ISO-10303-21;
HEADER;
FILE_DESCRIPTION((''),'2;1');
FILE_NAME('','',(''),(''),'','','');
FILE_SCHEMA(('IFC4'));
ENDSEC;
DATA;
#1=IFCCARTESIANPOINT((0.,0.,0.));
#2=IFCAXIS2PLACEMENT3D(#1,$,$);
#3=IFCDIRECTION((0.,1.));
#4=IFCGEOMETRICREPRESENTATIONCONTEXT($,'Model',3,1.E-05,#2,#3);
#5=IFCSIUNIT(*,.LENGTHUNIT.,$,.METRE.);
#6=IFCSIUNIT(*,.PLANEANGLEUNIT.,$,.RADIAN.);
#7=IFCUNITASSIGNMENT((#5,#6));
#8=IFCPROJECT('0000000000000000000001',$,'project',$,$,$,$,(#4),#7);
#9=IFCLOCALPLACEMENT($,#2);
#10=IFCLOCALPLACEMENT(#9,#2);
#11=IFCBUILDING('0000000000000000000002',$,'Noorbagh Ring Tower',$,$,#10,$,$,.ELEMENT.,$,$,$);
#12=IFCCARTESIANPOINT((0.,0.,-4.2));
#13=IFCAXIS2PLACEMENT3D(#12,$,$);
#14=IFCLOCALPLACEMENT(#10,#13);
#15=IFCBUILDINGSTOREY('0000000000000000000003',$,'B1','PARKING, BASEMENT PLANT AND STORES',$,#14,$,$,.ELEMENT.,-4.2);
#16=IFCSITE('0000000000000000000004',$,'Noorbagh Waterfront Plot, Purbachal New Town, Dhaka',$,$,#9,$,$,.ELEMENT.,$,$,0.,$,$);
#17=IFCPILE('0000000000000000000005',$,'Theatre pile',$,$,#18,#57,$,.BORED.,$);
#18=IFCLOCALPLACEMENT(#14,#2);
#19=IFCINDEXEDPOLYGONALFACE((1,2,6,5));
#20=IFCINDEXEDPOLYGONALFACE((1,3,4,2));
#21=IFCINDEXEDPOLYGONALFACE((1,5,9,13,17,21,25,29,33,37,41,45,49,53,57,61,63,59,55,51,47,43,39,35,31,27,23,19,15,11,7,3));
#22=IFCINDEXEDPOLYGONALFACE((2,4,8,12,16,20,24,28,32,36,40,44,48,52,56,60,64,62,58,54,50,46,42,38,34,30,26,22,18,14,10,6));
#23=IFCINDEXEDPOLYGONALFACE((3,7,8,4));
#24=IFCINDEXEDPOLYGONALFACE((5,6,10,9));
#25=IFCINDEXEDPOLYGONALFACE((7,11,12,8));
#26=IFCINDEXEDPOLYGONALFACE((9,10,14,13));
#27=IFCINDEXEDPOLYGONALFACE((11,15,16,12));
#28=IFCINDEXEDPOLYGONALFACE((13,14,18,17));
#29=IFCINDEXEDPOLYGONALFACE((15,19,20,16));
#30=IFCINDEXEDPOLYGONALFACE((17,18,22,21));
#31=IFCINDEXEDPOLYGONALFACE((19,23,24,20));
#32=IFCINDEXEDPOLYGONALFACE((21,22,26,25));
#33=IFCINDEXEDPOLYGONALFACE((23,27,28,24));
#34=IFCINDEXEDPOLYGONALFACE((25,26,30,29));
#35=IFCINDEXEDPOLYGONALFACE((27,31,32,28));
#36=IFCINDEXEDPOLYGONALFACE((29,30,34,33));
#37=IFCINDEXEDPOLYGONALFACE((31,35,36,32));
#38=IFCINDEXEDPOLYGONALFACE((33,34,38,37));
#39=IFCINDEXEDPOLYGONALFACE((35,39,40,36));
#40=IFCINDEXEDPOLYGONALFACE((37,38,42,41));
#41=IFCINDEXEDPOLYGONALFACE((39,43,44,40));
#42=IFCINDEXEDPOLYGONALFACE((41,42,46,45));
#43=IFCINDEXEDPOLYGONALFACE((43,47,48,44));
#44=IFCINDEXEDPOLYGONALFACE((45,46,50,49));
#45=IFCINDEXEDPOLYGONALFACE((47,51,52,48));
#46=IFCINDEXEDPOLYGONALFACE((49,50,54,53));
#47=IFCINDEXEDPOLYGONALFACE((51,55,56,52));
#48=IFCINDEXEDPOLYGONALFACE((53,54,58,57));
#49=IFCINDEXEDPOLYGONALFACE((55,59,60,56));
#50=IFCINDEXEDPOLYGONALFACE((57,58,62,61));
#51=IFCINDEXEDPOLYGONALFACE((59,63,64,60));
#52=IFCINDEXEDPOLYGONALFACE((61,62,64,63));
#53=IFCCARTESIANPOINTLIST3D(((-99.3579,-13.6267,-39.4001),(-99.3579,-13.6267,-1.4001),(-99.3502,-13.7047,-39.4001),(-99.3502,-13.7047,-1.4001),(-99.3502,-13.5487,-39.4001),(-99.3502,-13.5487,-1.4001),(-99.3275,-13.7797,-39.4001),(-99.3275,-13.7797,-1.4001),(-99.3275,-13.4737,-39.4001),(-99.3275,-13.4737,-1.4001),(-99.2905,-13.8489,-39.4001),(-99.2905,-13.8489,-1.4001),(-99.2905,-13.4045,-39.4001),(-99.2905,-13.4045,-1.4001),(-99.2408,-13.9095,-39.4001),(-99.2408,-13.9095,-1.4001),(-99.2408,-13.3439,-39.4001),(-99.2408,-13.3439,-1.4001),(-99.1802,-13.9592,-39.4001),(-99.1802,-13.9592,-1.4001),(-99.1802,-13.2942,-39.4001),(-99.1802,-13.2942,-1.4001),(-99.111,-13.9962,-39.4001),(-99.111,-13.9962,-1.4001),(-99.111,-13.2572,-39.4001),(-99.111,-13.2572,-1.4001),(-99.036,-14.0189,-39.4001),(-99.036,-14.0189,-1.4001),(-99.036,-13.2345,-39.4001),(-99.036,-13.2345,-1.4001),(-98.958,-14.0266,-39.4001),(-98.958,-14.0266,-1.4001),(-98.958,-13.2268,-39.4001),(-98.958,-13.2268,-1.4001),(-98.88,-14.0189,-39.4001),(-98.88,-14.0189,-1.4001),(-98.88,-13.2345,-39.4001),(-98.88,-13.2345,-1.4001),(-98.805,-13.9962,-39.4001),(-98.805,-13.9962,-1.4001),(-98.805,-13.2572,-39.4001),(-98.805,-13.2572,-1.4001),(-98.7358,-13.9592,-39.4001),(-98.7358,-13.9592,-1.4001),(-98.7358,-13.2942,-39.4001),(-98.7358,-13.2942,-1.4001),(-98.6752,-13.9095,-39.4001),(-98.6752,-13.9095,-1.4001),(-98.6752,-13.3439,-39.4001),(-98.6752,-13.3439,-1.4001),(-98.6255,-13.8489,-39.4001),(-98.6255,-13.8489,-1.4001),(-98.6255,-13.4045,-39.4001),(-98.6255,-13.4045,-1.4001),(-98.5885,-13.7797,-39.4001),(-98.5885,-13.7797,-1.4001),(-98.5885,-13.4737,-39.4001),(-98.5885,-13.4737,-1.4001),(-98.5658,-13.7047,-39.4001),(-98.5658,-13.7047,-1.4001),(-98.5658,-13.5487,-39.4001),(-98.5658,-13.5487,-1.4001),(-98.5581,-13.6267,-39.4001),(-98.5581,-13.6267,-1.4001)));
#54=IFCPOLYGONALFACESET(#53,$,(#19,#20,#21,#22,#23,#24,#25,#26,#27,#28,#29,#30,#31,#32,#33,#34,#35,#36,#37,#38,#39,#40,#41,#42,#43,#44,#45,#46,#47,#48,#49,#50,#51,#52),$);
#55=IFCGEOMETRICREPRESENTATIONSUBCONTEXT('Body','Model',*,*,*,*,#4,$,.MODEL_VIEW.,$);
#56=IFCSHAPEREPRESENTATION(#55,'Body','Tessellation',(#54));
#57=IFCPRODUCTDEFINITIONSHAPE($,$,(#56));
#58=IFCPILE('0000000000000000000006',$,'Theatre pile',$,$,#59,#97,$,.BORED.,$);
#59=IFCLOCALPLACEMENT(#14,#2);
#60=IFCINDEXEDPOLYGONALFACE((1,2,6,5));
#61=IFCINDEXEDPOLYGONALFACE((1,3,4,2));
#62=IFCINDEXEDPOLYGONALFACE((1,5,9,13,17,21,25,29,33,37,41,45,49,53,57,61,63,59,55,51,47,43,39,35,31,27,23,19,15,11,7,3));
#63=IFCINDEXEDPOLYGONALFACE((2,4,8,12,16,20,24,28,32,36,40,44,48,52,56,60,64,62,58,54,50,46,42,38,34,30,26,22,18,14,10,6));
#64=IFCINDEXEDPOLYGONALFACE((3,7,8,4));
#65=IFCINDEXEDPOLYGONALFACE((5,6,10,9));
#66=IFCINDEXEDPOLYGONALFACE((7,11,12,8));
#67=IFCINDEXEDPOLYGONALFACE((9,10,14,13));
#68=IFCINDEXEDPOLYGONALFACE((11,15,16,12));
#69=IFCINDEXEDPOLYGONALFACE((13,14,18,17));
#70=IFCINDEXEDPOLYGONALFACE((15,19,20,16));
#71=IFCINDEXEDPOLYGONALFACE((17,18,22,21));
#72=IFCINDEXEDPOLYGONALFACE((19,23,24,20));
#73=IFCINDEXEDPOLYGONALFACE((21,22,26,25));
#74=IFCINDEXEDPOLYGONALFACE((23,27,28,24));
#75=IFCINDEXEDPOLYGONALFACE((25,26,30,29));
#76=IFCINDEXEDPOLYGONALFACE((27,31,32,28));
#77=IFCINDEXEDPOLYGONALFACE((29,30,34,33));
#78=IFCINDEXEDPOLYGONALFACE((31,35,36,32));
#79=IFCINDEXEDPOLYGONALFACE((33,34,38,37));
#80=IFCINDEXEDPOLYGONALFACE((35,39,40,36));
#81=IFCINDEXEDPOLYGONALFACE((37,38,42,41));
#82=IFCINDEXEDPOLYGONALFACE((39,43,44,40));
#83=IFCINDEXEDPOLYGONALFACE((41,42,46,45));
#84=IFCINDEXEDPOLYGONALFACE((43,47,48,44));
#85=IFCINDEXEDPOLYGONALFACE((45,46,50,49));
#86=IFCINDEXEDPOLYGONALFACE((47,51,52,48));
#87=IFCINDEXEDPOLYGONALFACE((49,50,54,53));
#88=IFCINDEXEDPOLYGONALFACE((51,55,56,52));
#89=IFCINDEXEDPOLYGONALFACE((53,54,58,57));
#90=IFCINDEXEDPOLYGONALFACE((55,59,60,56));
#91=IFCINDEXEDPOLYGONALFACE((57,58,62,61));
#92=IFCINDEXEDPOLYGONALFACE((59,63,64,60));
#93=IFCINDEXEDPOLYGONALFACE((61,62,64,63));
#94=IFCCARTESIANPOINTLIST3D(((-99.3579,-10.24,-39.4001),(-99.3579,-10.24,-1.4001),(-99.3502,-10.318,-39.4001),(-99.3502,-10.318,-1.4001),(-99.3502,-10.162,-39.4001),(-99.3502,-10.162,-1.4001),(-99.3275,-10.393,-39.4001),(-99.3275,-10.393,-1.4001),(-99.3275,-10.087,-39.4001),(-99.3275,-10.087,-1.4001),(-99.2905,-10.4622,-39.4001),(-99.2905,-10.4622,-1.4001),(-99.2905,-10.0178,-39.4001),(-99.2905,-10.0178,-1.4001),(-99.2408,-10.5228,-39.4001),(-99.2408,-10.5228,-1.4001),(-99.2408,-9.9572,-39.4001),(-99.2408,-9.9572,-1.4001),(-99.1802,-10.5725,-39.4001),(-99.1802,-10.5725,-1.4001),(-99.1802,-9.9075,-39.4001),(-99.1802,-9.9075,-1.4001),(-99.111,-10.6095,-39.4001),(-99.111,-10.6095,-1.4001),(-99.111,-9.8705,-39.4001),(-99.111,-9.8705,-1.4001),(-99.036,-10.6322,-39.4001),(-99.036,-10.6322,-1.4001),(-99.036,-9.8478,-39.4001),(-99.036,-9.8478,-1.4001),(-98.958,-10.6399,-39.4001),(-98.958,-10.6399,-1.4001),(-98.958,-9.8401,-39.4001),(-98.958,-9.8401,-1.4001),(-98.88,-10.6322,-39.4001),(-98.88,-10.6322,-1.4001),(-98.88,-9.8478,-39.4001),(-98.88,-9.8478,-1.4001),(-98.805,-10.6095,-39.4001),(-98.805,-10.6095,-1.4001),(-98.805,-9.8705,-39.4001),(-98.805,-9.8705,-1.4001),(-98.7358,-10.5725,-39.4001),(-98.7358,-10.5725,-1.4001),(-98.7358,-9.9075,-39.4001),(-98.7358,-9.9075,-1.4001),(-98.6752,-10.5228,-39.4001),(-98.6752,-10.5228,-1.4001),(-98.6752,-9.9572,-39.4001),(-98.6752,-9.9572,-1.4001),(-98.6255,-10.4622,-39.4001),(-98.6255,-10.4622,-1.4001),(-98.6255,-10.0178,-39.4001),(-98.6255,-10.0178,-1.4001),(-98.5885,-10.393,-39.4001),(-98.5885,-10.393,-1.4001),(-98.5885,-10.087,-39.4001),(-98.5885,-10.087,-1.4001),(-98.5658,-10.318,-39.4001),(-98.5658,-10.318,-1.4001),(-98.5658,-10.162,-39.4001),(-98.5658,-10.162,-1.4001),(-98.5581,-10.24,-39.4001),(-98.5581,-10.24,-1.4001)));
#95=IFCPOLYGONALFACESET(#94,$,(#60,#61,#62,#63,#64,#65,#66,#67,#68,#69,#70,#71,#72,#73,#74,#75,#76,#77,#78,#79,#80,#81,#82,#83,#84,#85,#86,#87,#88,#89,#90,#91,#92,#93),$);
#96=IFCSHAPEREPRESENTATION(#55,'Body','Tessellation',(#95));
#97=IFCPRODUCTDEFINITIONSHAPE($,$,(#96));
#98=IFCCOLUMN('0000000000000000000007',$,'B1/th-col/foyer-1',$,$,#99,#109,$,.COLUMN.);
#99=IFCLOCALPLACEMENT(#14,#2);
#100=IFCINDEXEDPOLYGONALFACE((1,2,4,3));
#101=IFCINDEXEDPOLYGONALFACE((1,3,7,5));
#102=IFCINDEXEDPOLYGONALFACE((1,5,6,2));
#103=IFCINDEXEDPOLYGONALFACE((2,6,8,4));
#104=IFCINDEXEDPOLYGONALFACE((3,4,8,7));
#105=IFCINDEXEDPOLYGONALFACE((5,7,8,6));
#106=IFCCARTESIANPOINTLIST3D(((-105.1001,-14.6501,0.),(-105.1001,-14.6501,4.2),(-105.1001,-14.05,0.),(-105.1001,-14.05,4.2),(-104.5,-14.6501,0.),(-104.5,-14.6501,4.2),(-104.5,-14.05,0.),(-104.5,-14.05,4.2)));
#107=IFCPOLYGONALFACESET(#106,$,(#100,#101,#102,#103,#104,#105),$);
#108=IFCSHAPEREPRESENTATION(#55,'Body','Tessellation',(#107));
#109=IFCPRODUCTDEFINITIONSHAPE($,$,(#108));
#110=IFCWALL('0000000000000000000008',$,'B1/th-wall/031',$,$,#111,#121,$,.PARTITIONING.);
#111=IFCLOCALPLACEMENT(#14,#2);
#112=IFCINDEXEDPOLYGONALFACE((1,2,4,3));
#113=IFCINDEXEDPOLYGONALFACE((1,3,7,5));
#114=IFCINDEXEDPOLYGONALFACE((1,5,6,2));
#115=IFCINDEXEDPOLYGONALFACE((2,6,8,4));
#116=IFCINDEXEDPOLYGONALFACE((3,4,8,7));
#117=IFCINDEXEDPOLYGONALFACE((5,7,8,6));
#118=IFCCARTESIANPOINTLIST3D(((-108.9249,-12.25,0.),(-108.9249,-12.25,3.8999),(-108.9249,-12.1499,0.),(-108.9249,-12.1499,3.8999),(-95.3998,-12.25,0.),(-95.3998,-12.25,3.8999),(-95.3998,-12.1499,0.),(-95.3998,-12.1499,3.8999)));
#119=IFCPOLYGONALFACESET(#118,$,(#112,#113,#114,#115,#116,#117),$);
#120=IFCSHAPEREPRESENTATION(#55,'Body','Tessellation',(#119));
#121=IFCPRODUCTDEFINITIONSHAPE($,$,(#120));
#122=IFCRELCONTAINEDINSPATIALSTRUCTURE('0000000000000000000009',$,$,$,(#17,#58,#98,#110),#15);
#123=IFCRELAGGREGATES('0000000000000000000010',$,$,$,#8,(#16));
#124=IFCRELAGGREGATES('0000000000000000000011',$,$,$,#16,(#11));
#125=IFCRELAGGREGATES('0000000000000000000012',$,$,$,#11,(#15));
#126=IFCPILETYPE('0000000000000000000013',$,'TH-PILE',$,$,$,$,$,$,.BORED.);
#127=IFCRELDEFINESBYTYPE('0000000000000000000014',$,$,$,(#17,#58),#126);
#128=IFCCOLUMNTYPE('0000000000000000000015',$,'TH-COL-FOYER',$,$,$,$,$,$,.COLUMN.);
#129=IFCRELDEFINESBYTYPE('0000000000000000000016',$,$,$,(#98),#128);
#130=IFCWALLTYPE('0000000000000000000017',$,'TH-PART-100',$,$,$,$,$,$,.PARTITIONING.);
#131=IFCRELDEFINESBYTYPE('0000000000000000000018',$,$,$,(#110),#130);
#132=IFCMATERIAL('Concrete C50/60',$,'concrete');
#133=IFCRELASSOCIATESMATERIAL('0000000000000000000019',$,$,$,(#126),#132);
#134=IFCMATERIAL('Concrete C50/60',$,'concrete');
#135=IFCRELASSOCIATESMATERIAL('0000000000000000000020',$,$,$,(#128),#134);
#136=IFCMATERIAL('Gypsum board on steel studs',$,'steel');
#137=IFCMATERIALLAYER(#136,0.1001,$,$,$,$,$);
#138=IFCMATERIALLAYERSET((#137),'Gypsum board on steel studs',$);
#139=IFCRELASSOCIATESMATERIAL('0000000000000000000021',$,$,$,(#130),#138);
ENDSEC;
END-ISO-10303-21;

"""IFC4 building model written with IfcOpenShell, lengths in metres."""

from ifc_helpers import new_model, si_unit, direction, frame, frame_2d, origin, origin_2d, place, context, subcontext, project, spatial, rectangle, circle, extrude, material, layer, layer_set, material_profile, profile_set, type_object, element, save


model = new_model("IFC4")

# Units and contexts
model_context = context("Model", 3, precision=1e-05, world=origin(), true_north=direction((0.0, 1.0)))
body_context = subcontext(model_context, "Body", "Model", "MODEL_VIEW")
ifc_project = project(units=[si_unit("LENGTHUNIT", "METRE"), si_unit("PLANEANGLEUNIT", "RADIAN")], contexts=[model_context])

# Site, building, storey
site_placement = place(None, origin())
site = spatial("IfcSite", under=ifc_project, at=site_placement, Name="Noorbagh Waterfront Plot, Purbachal New Town, Dhaka", CompositionType="ELEMENT", RefElevation=0.0)
building_placement = place(site_placement, origin())
building = spatial("IfcBuilding", under=site, at=building_placement, Name="Noorbagh Ring Tower", CompositionType="ELEMENT")
storey_placement = place(building_placement, frame((0.0, 0.0, -4.2)))
storey = spatial("IfcBuildingStorey", under=building, at=storey_placement, Name="B1", Description="PARKING, BASEMENT PLANT AND STORES", CompositionType="ELEMENT", Elevation=-4.2)

# Piles
ifc_material_1 = material(Name="Concrete C50/60", Category="concrete")
ifc_material_profile_1 = material_profile(ifc_material_1, circle(Radius=0.3999, at=origin_2d()), Name="PILE800")
ifc_profile_set_1 = profile_set([ifc_material_profile_1], Name="Concrete C50/60")
pile_type = type_object("IfcPileType", Name="TH-PILE", PredefinedType="BORED", material=ifc_profile_set_1)
for number, where, z_axis, x_axis, name in (
    (1, (-98.958, -13.6267, -1.4001), (0.0, 0.0, -1.0), (1.0, 0.0, 0.0), "Theatre pile"),
    (2, (-98.958, -10.24, -1.4001), (0.0, 0.0, -1.0), (1.0, 0.0, 0.0), "Theatre pile"),
):
    element("IfcPile", number, at=place(storey_placement, frame(where, z_axis=z_axis, x_axis=x_axis)), inside=storey, type_object=pile_type, Name=name, PredefinedType="BORED", context=body_context, shape_type="SweptSolid", body=[
        extrude(circle(Radius=0.3999, at=origin_2d()), origin(), (0.0, 0.0, 1.0), 38.0),
    ])

# Column
ifc_material_2 = material(Name="Concrete C50/60", Category="concrete")
ifc_material_profile_2 = material_profile(ifc_material_2, rectangle(XDim=0.6001, YDim=0.6001, at=origin_2d()), Name="RC600x600")
ifc_profile_set_2 = profile_set([ifc_material_profile_2], Name="Concrete C50/60")
column_type = type_object("IfcColumnType", Name="TH-COL-FOYER", PredefinedType="COLUMN", material=ifc_profile_set_2)
column_placement = place(storey_placement, frame((-104.8, -14.3501, 0.0), z_axis=(0.0, 0.0, 1.0), x_axis=(1.0, 0.0, 0.0)))
element("IfcColumn", 3, at=column_placement, inside=storey, type_object=column_type, Name="B1/th-col/foyer-1", PredefinedType="COLUMN", context=body_context, shape_type="SweptSolid", body=[
    extrude(rectangle(XDim=0.6001, YDim=0.6001, at=origin_2d()), origin(), (0.0, 0.0, 1.0), 4.2),
])

# Wall
ifc_material_3 = material(Name="Gypsum board on steel studs", Category="steel")
ifc_layer_1 = layer(ifc_material_3, 0.1001)
ifc_layer_set_1 = layer_set([ifc_layer_1], Name="Gypsum board on steel studs")
wall_type_1 = type_object("IfcWallType", Name="TH-PART-100", PredefinedType="PARTITIONING", material=ifc_layer_set_1)
wall_1_placement = place(storey_placement, frame((-108.925, -12.2, 0.0), z_axis=(0.0, 0.0, 1.0), x_axis=(1.0, 0.0, 0.0)))
element("IfcWall", 4, at=wall_1_placement, inside=storey, type_object=wall_type_1, Name="B1/th-wall/031", PredefinedType="PARTITIONING", context=body_context, shape_type="SweptSolid", body=[
    extrude(rectangle(XDim=13.5251, YDim=0.1001, at=frame_2d((6.7627, 0.0))), origin(), (0.0, 0.0, 1.0), 3.8999),
])

save(model, "model.ifc")
